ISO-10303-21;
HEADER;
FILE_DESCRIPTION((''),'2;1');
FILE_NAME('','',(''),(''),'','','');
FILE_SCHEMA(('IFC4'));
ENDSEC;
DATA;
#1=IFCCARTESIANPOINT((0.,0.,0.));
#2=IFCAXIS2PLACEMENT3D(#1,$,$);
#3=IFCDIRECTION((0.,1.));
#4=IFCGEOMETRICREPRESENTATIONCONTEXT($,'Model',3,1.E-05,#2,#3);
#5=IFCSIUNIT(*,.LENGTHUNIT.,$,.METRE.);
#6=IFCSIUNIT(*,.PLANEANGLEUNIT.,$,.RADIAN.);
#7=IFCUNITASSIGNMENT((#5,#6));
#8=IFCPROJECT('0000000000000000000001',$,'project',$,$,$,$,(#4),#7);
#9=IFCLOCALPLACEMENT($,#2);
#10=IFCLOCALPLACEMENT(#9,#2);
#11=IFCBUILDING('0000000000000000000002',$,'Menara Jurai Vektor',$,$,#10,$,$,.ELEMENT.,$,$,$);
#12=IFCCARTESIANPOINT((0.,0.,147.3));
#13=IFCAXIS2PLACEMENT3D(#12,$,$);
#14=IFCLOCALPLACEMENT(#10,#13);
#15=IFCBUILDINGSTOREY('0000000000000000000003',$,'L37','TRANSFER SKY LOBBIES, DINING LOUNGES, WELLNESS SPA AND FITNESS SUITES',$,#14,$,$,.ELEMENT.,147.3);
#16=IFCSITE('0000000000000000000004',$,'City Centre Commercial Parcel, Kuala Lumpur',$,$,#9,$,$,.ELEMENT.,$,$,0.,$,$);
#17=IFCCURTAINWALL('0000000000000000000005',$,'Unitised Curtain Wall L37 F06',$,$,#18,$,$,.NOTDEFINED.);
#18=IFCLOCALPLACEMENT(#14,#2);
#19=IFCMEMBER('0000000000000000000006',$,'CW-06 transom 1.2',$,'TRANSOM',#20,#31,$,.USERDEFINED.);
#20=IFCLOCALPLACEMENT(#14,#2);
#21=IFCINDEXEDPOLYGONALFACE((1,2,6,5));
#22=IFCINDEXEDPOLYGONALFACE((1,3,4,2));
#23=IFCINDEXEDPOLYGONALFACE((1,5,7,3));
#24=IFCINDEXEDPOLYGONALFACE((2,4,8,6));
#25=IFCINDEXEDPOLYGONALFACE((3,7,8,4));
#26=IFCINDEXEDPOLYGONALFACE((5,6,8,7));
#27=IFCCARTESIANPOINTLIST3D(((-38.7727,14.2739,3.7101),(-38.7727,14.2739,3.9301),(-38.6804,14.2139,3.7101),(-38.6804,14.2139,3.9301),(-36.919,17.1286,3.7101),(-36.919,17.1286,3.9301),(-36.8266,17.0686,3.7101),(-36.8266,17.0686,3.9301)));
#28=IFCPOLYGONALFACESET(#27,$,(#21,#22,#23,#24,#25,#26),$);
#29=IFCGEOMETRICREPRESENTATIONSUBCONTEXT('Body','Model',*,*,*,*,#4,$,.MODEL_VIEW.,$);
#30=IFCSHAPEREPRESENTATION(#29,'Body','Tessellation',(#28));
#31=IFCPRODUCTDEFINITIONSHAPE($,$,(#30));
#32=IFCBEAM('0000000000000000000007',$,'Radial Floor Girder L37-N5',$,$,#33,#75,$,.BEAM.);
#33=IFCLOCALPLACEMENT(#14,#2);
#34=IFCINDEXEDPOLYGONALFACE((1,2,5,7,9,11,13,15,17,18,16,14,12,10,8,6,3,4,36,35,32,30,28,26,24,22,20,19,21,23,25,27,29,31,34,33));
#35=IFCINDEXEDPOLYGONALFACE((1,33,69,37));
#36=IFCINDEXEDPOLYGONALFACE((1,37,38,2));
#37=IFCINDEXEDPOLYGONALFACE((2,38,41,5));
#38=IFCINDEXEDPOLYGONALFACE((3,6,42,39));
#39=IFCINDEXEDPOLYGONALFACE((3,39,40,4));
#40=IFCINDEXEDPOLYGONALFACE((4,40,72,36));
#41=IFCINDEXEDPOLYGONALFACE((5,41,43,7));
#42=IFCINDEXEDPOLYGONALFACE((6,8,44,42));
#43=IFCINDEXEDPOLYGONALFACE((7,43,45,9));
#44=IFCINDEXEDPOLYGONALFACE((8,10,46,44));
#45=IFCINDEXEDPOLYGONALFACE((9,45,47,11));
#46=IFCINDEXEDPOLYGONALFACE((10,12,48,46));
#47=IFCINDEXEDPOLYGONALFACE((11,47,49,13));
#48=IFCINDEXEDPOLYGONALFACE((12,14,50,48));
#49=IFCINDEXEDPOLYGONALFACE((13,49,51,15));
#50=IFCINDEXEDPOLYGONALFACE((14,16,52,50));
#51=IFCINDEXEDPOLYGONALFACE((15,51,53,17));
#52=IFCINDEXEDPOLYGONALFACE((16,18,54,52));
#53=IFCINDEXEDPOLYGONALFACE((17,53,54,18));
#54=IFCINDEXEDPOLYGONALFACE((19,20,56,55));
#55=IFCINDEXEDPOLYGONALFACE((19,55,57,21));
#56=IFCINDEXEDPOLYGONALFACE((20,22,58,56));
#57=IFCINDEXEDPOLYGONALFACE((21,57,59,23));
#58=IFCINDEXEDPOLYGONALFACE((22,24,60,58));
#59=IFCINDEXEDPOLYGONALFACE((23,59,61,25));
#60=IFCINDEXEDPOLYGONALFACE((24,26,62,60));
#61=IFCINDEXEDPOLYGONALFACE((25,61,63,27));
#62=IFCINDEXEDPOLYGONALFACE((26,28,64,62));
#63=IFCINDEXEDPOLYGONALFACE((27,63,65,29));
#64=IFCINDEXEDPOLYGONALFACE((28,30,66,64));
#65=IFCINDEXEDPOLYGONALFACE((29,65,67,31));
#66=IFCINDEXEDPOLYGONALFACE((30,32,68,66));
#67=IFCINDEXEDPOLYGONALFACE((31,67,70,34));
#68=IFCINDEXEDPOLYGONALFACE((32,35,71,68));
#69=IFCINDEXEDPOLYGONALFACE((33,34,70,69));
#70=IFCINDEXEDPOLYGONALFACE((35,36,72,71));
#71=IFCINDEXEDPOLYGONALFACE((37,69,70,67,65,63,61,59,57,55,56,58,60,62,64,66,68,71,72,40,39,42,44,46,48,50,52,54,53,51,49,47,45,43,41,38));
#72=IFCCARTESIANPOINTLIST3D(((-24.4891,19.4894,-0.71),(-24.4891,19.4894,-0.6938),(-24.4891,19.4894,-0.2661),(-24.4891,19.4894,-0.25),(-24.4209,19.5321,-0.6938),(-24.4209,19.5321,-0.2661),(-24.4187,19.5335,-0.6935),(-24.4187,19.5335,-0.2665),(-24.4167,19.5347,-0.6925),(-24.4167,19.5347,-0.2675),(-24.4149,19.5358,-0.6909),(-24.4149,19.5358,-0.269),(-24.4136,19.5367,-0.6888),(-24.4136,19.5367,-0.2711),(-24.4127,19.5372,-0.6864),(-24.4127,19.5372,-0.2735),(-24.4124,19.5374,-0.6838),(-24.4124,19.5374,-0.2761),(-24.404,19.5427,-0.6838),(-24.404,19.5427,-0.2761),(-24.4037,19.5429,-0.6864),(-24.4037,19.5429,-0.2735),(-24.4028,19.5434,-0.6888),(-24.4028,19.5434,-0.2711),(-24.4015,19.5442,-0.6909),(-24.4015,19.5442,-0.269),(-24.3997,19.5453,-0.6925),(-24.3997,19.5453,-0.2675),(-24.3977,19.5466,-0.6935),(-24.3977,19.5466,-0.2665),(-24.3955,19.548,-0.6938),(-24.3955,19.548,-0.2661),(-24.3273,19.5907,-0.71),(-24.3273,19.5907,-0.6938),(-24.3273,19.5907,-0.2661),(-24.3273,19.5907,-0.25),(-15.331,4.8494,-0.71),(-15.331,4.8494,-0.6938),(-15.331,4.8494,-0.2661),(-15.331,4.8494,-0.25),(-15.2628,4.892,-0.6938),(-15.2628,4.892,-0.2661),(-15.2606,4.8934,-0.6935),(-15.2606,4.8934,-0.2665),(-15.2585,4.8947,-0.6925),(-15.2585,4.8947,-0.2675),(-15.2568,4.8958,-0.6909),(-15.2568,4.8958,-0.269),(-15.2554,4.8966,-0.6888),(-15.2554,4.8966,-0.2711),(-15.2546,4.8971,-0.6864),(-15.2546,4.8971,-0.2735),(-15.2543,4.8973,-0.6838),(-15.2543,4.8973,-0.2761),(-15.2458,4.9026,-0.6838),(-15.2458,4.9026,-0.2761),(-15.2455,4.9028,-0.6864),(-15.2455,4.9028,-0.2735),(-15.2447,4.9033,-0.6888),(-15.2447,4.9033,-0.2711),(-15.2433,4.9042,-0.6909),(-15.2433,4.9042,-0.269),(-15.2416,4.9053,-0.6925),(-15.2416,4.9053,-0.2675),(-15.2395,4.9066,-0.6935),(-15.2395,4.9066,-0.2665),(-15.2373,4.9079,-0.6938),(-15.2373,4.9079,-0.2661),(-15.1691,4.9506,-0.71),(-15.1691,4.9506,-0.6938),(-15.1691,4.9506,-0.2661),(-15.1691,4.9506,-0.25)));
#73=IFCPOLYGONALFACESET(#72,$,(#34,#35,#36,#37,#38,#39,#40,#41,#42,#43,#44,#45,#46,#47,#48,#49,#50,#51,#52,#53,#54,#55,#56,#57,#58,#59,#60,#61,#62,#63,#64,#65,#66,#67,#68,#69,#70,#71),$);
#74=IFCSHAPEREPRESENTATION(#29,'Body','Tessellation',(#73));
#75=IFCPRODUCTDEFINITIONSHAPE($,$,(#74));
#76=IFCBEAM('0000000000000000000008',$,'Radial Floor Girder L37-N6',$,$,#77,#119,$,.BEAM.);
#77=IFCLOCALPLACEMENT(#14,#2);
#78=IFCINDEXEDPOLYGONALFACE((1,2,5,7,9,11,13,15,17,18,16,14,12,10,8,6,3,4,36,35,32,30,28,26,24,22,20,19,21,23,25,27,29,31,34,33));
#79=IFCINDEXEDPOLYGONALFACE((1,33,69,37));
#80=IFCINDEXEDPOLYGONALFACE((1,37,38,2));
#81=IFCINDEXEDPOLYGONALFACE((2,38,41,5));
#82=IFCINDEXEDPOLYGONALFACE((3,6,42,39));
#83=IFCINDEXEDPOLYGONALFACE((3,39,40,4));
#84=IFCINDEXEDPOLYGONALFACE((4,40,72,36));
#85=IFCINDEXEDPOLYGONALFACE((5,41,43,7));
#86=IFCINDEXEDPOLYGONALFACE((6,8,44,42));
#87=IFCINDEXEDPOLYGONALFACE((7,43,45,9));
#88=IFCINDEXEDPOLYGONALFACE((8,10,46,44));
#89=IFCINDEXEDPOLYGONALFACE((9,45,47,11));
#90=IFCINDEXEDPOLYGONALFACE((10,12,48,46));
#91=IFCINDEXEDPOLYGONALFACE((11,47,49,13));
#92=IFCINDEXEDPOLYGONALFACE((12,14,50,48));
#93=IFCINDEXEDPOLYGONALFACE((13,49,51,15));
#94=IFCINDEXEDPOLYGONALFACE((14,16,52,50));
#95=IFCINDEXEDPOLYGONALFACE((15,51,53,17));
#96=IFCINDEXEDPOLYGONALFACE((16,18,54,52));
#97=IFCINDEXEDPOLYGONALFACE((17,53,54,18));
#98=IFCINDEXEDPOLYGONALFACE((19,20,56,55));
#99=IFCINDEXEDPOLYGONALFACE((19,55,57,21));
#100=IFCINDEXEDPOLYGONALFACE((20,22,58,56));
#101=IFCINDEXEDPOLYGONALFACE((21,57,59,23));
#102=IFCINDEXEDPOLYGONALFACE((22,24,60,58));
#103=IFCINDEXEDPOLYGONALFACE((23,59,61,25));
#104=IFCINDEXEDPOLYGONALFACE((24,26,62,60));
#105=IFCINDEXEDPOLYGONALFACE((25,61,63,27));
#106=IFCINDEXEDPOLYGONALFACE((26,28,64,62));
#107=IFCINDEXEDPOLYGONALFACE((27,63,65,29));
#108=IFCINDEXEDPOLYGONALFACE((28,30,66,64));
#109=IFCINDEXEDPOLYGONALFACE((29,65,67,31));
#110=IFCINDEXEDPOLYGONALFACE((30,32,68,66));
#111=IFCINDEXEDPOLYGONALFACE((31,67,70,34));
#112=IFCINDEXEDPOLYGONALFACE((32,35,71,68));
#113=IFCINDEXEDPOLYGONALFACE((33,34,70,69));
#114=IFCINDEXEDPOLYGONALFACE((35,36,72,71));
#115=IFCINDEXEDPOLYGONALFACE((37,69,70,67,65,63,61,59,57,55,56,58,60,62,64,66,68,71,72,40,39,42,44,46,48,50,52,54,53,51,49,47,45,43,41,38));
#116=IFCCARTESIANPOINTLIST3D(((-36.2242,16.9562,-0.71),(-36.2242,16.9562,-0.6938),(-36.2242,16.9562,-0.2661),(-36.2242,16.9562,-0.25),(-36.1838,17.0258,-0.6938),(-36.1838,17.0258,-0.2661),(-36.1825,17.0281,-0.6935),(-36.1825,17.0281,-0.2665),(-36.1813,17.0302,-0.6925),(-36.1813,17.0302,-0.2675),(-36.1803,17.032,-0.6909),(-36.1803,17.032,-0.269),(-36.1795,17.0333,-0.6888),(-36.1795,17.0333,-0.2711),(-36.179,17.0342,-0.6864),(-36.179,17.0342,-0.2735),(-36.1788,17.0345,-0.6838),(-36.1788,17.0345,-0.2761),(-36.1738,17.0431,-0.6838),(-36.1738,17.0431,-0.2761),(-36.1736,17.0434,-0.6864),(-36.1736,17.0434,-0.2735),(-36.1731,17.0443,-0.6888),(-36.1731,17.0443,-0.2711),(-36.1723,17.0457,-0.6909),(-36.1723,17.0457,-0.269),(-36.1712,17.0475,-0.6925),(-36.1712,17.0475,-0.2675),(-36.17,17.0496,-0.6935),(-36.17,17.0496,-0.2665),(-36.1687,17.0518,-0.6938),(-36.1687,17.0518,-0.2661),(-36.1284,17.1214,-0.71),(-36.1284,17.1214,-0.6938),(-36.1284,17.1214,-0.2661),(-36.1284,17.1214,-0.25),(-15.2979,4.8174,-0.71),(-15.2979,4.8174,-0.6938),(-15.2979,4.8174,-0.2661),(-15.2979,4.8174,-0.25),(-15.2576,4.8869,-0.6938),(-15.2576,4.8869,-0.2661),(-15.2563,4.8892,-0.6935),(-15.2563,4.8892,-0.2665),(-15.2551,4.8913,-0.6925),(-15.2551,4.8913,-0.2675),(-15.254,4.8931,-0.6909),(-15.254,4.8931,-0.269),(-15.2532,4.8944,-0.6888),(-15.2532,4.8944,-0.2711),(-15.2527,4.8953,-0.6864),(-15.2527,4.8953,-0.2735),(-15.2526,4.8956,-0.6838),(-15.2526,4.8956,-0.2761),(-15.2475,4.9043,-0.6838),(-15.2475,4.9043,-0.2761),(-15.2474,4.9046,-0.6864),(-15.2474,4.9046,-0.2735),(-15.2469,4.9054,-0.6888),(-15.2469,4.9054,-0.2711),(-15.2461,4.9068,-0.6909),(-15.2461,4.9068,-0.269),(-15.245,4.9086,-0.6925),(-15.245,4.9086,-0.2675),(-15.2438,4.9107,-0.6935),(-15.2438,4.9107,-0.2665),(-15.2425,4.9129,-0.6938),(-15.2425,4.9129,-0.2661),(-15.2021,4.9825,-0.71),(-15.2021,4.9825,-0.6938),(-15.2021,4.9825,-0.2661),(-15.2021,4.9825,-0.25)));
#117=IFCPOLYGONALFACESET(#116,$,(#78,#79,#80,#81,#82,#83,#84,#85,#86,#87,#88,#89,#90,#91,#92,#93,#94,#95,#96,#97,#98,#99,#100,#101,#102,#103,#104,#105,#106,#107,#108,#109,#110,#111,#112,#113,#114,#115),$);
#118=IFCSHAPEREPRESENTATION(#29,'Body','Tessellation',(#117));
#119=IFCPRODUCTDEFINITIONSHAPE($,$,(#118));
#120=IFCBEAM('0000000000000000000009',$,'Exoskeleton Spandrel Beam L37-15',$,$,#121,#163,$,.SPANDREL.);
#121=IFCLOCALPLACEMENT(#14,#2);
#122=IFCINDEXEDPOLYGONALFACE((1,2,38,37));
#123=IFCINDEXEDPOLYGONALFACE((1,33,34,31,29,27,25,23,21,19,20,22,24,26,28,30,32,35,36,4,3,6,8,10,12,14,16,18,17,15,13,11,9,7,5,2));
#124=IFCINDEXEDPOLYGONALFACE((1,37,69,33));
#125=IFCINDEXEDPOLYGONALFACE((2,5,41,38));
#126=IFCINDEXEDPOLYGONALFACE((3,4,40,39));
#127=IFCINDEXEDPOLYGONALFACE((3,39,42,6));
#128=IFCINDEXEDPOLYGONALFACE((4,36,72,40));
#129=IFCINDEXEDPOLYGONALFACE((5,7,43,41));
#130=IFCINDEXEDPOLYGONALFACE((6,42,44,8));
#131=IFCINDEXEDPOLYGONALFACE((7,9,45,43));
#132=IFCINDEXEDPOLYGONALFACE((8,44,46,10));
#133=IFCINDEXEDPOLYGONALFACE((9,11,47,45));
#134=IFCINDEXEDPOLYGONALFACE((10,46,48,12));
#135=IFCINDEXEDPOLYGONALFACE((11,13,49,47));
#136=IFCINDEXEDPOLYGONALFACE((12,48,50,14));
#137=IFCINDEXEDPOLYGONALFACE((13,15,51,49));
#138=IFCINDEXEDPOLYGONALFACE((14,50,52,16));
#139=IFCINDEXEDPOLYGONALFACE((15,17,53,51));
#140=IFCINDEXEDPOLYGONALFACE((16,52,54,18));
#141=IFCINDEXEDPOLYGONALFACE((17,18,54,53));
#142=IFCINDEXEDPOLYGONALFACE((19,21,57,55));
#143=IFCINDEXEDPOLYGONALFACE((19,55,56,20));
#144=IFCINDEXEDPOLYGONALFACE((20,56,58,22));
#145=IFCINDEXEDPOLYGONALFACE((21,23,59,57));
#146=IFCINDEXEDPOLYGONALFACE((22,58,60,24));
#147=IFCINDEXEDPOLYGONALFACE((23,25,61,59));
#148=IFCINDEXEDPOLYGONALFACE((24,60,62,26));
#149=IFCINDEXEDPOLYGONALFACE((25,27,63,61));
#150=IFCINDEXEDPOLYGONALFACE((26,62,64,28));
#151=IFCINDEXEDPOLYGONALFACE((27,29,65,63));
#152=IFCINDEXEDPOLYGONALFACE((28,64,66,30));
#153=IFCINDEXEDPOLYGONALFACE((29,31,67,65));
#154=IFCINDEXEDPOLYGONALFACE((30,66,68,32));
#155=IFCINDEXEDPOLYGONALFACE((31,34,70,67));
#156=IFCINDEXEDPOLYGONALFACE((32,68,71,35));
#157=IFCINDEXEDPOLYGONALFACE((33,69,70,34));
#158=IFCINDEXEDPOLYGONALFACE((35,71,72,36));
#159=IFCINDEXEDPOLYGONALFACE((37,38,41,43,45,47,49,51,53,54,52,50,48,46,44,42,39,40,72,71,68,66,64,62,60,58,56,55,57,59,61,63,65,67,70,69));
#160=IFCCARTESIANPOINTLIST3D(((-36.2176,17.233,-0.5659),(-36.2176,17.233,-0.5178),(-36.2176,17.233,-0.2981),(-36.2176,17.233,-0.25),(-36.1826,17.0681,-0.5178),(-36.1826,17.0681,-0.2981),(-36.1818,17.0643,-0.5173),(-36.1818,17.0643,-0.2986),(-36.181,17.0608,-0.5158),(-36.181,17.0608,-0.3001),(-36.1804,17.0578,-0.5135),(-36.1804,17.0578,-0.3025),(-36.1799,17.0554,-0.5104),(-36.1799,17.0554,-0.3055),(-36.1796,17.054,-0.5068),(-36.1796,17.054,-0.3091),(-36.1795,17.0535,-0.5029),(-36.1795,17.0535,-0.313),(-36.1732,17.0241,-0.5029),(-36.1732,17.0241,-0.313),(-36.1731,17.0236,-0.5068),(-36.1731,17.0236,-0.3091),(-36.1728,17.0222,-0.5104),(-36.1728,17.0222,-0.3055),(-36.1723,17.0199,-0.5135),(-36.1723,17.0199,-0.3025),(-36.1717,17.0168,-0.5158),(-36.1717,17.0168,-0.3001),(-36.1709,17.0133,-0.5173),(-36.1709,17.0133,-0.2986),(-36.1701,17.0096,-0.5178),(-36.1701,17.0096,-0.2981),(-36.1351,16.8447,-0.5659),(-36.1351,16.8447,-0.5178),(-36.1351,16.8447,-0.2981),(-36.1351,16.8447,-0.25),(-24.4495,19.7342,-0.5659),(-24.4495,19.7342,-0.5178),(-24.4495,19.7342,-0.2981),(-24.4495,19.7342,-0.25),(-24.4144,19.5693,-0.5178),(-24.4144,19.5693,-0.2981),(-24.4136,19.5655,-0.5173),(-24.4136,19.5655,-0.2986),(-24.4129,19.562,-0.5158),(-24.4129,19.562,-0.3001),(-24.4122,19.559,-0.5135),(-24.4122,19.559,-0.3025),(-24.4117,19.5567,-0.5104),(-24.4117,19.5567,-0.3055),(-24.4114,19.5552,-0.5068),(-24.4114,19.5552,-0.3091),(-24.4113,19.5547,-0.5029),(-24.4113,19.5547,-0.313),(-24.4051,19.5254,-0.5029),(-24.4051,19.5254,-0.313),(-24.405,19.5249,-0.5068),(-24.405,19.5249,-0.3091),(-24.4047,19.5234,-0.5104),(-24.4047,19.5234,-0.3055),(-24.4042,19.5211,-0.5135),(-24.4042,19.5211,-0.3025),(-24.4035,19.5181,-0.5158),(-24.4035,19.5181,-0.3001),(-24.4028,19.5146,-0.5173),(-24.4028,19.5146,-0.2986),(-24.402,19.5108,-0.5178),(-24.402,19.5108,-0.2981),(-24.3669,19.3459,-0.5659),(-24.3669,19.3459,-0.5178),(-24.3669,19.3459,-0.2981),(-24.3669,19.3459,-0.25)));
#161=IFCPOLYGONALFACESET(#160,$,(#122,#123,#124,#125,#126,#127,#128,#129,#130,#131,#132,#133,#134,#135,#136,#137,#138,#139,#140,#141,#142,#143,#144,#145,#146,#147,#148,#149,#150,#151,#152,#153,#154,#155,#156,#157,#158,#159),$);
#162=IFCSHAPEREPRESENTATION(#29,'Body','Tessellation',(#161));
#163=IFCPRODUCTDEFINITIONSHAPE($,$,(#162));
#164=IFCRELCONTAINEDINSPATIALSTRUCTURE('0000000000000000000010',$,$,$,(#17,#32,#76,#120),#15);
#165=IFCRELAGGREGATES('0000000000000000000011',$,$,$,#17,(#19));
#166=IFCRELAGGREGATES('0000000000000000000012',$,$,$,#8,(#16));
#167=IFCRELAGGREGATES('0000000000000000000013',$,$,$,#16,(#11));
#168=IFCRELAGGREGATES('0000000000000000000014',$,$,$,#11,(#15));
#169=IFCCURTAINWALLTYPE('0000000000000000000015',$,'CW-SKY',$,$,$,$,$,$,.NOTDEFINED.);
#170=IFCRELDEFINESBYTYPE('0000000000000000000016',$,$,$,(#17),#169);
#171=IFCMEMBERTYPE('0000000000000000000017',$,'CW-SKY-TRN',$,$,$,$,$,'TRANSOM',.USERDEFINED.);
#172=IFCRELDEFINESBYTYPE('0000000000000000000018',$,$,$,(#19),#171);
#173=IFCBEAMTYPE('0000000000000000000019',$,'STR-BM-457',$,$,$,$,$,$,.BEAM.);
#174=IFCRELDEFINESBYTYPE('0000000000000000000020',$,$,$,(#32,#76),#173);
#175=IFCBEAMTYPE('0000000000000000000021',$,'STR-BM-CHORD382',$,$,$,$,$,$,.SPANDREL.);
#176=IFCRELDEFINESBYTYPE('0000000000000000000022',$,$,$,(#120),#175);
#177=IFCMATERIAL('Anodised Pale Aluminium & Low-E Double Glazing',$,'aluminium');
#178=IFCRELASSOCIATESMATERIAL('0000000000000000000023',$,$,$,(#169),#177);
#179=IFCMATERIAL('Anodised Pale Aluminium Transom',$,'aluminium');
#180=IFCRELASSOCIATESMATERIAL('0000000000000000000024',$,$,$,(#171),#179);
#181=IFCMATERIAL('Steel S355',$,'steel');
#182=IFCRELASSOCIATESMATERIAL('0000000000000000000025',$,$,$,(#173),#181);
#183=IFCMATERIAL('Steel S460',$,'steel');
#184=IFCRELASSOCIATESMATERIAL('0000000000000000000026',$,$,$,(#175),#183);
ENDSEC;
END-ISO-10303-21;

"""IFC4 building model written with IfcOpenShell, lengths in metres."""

from ifc_helpers import new_model, si_unit, direction, frame, origin, origin_2d, place, context, subcontext, project, spatial, rectangle, i_section, extrude, material, material_profile, profile_set, type_object, element, aggregate, save


model = new_model("IFC4")

# Units and contexts
model_context = context("Model", 3, precision=1e-05, world=origin(), true_north=direction((0.0, 1.0)))
body_context = subcontext(model_context, "Body", "Model", "MODEL_VIEW")
ifc_project = project(units=[si_unit("LENGTHUNIT", "METRE"), si_unit("PLANEANGLEUNIT", "RADIAN")], contexts=[model_context])

# Site, building, storey
site_placement = place(None, origin())
site = spatial("IfcSite", under=ifc_project, at=site_placement, Name="City Centre Commercial Parcel, Kuala Lumpur", CompositionType="ELEMENT", RefElevation=0.0)
building_placement = place(site_placement, origin())
building = spatial("IfcBuilding", under=site, at=building_placement, Name="Menara Jurai Vektor", CompositionType="ELEMENT")
storey_placement = place(building_placement, frame((0.0, 0.0, 147.3)))
storey = spatial("IfcBuildingStorey", under=building, at=storey_placement, Name="L37", Description="TRANSFER SKY LOBBIES, DINING LOUNGES, WELLNESS SPA AND FITNESS SUITES", CompositionType="ELEMENT", Elevation=147.3)

# Shared definitions
ifc_material_1 = material(Name="Steel S460", Category="steel")

# Curtain wall
ifc_material_2 = material(Name="Anodised Pale Aluminium & Low-E Double Glazing", Category="aluminium")
curtain_wall_type = type_object("IfcCurtainWallType", Name="CW-SKY", PredefinedType="NOTDEFINED", material=ifc_material_2)
curtain_wall_1_placement = place(storey_placement, origin())
curtain_wall_1 = element("IfcCurtainWall", 1, at=curtain_wall_1_placement, inside=storey, type_object=curtain_wall_type, Name="Unitised Curtain Wall L37 F06", PredefinedType="NOTDEFINED")

# Member
ifc_material_3 = material(Name="Anodised Pale Aluminium Transom", Category="aluminium")
ifc_material_profile_1 = material_profile(ifc_material_3, rectangle(XDim=0.1101, YDim=0.22, at=origin_2d()), Name="ALU TRN 110x220")
ifc_profile_set_1 = profile_set([ifc_material_profile_1], Name="Anodised Pale Aluminium Transom")
member_type_1 = type_object("IfcMemberType", Name="CW-SKY-TRN", ElementType="TRANSOM", PredefinedType="USERDEFINED", material=ifc_profile_set_1)
member_1_placement = place(storey_placement, frame((-36.8728, 17.0986, 3.8201), z_axis=(-0.544613, -0.838688, 0.0), x_axis=(0.838688, -0.544613, 0.0)))
member_1 = element("IfcMember", 2, at=member_1_placement, type_object=member_type_1, Name="CW-06 transom 1.2", ObjectType="TRANSOM", PredefinedType="USERDEFINED", context=body_context, shape_type="SweptSolid", body=[
    extrude(rectangle(XDim=0.1101, YDim=0.22, at=origin_2d()), origin(), (0.0, 0.0, 1.0), 3.4038),
])

# Beams
ifc_material_4 = material(Name="Steel S355", Category="steel")
ifc_material_profile_2 = material_profile(ifc_material_4, i_section(OverallWidth=0.1909, OverallDepth=0.46, WebThickness=0.01, FlangeThickness=0.0161, FilletRadius=0.01, at=origin_2d()), Name="UKB 457x191x82")
ifc_profile_set_2 = profile_set([ifc_material_profile_2], Name="Steel S355")
beam_type_1 = type_object("IfcBeamType", Name="STR-BM-457", PredefinedType="BEAM", material=ifc_profile_set_2)
beam_1_placement = place(storey_placement, frame((-24.4082, 19.54, -0.48), z_axis=(0.530337, -0.847787, 0.0), x_axis=(0.847787, 0.530337, 0.0)))
element("IfcBeam", 3, at=beam_1_placement, inside=storey, type_object=beam_type_1, Name="Radial Floor Girder L37-N5", PredefinedType="BEAM", context=body_context, shape_type="SweptSolid", body=[
    extrude(i_section(OverallWidth=0.1909, OverallDepth=0.46, WebThickness=0.01, FlangeThickness=0.0161, FilletRadius=0.01, at=origin_2d()), origin(), (0.0, 0.0, 1.0), 17.2686),
])
beam_2_placement = place(storey_placement, frame((-36.1763, 17.0388, -0.48), z_axis=(0.865001, -0.50177, 0.0), x_axis=(0.50177, 0.865001, 0.0)))
element("IfcBeam", 4, at=beam_2_placement, inside=storey, type_object=beam_type_1, Name="Radial Floor Girder L37-N6", PredefinedType="BEAM", context=body_context, shape_type="SweptSolid", body=[
    extrude(i_section(OverallWidth=0.1909, OverallDepth=0.46, WebThickness=0.01, FlangeThickness=0.0161, FilletRadius=0.01, at=origin_2d()), origin(), (0.0, 0.0, 1.0), 24.1921),
])
ifc_material_profile_3 = material_profile(ifc_material_1, i_section(OverallWidth=0.397, OverallDepth=0.3159, WebThickness=0.03, FlangeThickness=0.0481, FilletRadius=0.0149, at=origin_2d()), Name="HD 400x382")
ifc_profile_set_3 = profile_set([ifc_material_profile_3], Name="Steel S460")
beam_type_2 = type_object("IfcBeamType", Name="STR-BM-CHORD382", PredefinedType="SPANDREL", material=ifc_profile_set_3)
beam_3_placement = place(storey_placement, frame((-24.4082, 19.54, -0.408), z_axis=(-0.97815, -0.207899, 0.0), x_axis=(0.207899, -0.97815, 0.0)))
element("IfcBeam", 5, at=beam_3_placement, inside=storey, type_object=beam_type_2, Name="Exoskeleton Spandrel Beam L37-15", PredefinedType="SPANDREL", context=body_context, shape_type="SweptSolid", body=[
    extrude(i_section(OverallWidth=0.397, OverallDepth=0.3159, WebThickness=0.03, FlangeThickness=0.0481, FilletRadius=0.0149, at=origin_2d()), origin(), (0.0, 0.0, 1.0), 12.031),
])

aggregate(curtain_wall_1, [member_1])

save(model, "model.ifc")
